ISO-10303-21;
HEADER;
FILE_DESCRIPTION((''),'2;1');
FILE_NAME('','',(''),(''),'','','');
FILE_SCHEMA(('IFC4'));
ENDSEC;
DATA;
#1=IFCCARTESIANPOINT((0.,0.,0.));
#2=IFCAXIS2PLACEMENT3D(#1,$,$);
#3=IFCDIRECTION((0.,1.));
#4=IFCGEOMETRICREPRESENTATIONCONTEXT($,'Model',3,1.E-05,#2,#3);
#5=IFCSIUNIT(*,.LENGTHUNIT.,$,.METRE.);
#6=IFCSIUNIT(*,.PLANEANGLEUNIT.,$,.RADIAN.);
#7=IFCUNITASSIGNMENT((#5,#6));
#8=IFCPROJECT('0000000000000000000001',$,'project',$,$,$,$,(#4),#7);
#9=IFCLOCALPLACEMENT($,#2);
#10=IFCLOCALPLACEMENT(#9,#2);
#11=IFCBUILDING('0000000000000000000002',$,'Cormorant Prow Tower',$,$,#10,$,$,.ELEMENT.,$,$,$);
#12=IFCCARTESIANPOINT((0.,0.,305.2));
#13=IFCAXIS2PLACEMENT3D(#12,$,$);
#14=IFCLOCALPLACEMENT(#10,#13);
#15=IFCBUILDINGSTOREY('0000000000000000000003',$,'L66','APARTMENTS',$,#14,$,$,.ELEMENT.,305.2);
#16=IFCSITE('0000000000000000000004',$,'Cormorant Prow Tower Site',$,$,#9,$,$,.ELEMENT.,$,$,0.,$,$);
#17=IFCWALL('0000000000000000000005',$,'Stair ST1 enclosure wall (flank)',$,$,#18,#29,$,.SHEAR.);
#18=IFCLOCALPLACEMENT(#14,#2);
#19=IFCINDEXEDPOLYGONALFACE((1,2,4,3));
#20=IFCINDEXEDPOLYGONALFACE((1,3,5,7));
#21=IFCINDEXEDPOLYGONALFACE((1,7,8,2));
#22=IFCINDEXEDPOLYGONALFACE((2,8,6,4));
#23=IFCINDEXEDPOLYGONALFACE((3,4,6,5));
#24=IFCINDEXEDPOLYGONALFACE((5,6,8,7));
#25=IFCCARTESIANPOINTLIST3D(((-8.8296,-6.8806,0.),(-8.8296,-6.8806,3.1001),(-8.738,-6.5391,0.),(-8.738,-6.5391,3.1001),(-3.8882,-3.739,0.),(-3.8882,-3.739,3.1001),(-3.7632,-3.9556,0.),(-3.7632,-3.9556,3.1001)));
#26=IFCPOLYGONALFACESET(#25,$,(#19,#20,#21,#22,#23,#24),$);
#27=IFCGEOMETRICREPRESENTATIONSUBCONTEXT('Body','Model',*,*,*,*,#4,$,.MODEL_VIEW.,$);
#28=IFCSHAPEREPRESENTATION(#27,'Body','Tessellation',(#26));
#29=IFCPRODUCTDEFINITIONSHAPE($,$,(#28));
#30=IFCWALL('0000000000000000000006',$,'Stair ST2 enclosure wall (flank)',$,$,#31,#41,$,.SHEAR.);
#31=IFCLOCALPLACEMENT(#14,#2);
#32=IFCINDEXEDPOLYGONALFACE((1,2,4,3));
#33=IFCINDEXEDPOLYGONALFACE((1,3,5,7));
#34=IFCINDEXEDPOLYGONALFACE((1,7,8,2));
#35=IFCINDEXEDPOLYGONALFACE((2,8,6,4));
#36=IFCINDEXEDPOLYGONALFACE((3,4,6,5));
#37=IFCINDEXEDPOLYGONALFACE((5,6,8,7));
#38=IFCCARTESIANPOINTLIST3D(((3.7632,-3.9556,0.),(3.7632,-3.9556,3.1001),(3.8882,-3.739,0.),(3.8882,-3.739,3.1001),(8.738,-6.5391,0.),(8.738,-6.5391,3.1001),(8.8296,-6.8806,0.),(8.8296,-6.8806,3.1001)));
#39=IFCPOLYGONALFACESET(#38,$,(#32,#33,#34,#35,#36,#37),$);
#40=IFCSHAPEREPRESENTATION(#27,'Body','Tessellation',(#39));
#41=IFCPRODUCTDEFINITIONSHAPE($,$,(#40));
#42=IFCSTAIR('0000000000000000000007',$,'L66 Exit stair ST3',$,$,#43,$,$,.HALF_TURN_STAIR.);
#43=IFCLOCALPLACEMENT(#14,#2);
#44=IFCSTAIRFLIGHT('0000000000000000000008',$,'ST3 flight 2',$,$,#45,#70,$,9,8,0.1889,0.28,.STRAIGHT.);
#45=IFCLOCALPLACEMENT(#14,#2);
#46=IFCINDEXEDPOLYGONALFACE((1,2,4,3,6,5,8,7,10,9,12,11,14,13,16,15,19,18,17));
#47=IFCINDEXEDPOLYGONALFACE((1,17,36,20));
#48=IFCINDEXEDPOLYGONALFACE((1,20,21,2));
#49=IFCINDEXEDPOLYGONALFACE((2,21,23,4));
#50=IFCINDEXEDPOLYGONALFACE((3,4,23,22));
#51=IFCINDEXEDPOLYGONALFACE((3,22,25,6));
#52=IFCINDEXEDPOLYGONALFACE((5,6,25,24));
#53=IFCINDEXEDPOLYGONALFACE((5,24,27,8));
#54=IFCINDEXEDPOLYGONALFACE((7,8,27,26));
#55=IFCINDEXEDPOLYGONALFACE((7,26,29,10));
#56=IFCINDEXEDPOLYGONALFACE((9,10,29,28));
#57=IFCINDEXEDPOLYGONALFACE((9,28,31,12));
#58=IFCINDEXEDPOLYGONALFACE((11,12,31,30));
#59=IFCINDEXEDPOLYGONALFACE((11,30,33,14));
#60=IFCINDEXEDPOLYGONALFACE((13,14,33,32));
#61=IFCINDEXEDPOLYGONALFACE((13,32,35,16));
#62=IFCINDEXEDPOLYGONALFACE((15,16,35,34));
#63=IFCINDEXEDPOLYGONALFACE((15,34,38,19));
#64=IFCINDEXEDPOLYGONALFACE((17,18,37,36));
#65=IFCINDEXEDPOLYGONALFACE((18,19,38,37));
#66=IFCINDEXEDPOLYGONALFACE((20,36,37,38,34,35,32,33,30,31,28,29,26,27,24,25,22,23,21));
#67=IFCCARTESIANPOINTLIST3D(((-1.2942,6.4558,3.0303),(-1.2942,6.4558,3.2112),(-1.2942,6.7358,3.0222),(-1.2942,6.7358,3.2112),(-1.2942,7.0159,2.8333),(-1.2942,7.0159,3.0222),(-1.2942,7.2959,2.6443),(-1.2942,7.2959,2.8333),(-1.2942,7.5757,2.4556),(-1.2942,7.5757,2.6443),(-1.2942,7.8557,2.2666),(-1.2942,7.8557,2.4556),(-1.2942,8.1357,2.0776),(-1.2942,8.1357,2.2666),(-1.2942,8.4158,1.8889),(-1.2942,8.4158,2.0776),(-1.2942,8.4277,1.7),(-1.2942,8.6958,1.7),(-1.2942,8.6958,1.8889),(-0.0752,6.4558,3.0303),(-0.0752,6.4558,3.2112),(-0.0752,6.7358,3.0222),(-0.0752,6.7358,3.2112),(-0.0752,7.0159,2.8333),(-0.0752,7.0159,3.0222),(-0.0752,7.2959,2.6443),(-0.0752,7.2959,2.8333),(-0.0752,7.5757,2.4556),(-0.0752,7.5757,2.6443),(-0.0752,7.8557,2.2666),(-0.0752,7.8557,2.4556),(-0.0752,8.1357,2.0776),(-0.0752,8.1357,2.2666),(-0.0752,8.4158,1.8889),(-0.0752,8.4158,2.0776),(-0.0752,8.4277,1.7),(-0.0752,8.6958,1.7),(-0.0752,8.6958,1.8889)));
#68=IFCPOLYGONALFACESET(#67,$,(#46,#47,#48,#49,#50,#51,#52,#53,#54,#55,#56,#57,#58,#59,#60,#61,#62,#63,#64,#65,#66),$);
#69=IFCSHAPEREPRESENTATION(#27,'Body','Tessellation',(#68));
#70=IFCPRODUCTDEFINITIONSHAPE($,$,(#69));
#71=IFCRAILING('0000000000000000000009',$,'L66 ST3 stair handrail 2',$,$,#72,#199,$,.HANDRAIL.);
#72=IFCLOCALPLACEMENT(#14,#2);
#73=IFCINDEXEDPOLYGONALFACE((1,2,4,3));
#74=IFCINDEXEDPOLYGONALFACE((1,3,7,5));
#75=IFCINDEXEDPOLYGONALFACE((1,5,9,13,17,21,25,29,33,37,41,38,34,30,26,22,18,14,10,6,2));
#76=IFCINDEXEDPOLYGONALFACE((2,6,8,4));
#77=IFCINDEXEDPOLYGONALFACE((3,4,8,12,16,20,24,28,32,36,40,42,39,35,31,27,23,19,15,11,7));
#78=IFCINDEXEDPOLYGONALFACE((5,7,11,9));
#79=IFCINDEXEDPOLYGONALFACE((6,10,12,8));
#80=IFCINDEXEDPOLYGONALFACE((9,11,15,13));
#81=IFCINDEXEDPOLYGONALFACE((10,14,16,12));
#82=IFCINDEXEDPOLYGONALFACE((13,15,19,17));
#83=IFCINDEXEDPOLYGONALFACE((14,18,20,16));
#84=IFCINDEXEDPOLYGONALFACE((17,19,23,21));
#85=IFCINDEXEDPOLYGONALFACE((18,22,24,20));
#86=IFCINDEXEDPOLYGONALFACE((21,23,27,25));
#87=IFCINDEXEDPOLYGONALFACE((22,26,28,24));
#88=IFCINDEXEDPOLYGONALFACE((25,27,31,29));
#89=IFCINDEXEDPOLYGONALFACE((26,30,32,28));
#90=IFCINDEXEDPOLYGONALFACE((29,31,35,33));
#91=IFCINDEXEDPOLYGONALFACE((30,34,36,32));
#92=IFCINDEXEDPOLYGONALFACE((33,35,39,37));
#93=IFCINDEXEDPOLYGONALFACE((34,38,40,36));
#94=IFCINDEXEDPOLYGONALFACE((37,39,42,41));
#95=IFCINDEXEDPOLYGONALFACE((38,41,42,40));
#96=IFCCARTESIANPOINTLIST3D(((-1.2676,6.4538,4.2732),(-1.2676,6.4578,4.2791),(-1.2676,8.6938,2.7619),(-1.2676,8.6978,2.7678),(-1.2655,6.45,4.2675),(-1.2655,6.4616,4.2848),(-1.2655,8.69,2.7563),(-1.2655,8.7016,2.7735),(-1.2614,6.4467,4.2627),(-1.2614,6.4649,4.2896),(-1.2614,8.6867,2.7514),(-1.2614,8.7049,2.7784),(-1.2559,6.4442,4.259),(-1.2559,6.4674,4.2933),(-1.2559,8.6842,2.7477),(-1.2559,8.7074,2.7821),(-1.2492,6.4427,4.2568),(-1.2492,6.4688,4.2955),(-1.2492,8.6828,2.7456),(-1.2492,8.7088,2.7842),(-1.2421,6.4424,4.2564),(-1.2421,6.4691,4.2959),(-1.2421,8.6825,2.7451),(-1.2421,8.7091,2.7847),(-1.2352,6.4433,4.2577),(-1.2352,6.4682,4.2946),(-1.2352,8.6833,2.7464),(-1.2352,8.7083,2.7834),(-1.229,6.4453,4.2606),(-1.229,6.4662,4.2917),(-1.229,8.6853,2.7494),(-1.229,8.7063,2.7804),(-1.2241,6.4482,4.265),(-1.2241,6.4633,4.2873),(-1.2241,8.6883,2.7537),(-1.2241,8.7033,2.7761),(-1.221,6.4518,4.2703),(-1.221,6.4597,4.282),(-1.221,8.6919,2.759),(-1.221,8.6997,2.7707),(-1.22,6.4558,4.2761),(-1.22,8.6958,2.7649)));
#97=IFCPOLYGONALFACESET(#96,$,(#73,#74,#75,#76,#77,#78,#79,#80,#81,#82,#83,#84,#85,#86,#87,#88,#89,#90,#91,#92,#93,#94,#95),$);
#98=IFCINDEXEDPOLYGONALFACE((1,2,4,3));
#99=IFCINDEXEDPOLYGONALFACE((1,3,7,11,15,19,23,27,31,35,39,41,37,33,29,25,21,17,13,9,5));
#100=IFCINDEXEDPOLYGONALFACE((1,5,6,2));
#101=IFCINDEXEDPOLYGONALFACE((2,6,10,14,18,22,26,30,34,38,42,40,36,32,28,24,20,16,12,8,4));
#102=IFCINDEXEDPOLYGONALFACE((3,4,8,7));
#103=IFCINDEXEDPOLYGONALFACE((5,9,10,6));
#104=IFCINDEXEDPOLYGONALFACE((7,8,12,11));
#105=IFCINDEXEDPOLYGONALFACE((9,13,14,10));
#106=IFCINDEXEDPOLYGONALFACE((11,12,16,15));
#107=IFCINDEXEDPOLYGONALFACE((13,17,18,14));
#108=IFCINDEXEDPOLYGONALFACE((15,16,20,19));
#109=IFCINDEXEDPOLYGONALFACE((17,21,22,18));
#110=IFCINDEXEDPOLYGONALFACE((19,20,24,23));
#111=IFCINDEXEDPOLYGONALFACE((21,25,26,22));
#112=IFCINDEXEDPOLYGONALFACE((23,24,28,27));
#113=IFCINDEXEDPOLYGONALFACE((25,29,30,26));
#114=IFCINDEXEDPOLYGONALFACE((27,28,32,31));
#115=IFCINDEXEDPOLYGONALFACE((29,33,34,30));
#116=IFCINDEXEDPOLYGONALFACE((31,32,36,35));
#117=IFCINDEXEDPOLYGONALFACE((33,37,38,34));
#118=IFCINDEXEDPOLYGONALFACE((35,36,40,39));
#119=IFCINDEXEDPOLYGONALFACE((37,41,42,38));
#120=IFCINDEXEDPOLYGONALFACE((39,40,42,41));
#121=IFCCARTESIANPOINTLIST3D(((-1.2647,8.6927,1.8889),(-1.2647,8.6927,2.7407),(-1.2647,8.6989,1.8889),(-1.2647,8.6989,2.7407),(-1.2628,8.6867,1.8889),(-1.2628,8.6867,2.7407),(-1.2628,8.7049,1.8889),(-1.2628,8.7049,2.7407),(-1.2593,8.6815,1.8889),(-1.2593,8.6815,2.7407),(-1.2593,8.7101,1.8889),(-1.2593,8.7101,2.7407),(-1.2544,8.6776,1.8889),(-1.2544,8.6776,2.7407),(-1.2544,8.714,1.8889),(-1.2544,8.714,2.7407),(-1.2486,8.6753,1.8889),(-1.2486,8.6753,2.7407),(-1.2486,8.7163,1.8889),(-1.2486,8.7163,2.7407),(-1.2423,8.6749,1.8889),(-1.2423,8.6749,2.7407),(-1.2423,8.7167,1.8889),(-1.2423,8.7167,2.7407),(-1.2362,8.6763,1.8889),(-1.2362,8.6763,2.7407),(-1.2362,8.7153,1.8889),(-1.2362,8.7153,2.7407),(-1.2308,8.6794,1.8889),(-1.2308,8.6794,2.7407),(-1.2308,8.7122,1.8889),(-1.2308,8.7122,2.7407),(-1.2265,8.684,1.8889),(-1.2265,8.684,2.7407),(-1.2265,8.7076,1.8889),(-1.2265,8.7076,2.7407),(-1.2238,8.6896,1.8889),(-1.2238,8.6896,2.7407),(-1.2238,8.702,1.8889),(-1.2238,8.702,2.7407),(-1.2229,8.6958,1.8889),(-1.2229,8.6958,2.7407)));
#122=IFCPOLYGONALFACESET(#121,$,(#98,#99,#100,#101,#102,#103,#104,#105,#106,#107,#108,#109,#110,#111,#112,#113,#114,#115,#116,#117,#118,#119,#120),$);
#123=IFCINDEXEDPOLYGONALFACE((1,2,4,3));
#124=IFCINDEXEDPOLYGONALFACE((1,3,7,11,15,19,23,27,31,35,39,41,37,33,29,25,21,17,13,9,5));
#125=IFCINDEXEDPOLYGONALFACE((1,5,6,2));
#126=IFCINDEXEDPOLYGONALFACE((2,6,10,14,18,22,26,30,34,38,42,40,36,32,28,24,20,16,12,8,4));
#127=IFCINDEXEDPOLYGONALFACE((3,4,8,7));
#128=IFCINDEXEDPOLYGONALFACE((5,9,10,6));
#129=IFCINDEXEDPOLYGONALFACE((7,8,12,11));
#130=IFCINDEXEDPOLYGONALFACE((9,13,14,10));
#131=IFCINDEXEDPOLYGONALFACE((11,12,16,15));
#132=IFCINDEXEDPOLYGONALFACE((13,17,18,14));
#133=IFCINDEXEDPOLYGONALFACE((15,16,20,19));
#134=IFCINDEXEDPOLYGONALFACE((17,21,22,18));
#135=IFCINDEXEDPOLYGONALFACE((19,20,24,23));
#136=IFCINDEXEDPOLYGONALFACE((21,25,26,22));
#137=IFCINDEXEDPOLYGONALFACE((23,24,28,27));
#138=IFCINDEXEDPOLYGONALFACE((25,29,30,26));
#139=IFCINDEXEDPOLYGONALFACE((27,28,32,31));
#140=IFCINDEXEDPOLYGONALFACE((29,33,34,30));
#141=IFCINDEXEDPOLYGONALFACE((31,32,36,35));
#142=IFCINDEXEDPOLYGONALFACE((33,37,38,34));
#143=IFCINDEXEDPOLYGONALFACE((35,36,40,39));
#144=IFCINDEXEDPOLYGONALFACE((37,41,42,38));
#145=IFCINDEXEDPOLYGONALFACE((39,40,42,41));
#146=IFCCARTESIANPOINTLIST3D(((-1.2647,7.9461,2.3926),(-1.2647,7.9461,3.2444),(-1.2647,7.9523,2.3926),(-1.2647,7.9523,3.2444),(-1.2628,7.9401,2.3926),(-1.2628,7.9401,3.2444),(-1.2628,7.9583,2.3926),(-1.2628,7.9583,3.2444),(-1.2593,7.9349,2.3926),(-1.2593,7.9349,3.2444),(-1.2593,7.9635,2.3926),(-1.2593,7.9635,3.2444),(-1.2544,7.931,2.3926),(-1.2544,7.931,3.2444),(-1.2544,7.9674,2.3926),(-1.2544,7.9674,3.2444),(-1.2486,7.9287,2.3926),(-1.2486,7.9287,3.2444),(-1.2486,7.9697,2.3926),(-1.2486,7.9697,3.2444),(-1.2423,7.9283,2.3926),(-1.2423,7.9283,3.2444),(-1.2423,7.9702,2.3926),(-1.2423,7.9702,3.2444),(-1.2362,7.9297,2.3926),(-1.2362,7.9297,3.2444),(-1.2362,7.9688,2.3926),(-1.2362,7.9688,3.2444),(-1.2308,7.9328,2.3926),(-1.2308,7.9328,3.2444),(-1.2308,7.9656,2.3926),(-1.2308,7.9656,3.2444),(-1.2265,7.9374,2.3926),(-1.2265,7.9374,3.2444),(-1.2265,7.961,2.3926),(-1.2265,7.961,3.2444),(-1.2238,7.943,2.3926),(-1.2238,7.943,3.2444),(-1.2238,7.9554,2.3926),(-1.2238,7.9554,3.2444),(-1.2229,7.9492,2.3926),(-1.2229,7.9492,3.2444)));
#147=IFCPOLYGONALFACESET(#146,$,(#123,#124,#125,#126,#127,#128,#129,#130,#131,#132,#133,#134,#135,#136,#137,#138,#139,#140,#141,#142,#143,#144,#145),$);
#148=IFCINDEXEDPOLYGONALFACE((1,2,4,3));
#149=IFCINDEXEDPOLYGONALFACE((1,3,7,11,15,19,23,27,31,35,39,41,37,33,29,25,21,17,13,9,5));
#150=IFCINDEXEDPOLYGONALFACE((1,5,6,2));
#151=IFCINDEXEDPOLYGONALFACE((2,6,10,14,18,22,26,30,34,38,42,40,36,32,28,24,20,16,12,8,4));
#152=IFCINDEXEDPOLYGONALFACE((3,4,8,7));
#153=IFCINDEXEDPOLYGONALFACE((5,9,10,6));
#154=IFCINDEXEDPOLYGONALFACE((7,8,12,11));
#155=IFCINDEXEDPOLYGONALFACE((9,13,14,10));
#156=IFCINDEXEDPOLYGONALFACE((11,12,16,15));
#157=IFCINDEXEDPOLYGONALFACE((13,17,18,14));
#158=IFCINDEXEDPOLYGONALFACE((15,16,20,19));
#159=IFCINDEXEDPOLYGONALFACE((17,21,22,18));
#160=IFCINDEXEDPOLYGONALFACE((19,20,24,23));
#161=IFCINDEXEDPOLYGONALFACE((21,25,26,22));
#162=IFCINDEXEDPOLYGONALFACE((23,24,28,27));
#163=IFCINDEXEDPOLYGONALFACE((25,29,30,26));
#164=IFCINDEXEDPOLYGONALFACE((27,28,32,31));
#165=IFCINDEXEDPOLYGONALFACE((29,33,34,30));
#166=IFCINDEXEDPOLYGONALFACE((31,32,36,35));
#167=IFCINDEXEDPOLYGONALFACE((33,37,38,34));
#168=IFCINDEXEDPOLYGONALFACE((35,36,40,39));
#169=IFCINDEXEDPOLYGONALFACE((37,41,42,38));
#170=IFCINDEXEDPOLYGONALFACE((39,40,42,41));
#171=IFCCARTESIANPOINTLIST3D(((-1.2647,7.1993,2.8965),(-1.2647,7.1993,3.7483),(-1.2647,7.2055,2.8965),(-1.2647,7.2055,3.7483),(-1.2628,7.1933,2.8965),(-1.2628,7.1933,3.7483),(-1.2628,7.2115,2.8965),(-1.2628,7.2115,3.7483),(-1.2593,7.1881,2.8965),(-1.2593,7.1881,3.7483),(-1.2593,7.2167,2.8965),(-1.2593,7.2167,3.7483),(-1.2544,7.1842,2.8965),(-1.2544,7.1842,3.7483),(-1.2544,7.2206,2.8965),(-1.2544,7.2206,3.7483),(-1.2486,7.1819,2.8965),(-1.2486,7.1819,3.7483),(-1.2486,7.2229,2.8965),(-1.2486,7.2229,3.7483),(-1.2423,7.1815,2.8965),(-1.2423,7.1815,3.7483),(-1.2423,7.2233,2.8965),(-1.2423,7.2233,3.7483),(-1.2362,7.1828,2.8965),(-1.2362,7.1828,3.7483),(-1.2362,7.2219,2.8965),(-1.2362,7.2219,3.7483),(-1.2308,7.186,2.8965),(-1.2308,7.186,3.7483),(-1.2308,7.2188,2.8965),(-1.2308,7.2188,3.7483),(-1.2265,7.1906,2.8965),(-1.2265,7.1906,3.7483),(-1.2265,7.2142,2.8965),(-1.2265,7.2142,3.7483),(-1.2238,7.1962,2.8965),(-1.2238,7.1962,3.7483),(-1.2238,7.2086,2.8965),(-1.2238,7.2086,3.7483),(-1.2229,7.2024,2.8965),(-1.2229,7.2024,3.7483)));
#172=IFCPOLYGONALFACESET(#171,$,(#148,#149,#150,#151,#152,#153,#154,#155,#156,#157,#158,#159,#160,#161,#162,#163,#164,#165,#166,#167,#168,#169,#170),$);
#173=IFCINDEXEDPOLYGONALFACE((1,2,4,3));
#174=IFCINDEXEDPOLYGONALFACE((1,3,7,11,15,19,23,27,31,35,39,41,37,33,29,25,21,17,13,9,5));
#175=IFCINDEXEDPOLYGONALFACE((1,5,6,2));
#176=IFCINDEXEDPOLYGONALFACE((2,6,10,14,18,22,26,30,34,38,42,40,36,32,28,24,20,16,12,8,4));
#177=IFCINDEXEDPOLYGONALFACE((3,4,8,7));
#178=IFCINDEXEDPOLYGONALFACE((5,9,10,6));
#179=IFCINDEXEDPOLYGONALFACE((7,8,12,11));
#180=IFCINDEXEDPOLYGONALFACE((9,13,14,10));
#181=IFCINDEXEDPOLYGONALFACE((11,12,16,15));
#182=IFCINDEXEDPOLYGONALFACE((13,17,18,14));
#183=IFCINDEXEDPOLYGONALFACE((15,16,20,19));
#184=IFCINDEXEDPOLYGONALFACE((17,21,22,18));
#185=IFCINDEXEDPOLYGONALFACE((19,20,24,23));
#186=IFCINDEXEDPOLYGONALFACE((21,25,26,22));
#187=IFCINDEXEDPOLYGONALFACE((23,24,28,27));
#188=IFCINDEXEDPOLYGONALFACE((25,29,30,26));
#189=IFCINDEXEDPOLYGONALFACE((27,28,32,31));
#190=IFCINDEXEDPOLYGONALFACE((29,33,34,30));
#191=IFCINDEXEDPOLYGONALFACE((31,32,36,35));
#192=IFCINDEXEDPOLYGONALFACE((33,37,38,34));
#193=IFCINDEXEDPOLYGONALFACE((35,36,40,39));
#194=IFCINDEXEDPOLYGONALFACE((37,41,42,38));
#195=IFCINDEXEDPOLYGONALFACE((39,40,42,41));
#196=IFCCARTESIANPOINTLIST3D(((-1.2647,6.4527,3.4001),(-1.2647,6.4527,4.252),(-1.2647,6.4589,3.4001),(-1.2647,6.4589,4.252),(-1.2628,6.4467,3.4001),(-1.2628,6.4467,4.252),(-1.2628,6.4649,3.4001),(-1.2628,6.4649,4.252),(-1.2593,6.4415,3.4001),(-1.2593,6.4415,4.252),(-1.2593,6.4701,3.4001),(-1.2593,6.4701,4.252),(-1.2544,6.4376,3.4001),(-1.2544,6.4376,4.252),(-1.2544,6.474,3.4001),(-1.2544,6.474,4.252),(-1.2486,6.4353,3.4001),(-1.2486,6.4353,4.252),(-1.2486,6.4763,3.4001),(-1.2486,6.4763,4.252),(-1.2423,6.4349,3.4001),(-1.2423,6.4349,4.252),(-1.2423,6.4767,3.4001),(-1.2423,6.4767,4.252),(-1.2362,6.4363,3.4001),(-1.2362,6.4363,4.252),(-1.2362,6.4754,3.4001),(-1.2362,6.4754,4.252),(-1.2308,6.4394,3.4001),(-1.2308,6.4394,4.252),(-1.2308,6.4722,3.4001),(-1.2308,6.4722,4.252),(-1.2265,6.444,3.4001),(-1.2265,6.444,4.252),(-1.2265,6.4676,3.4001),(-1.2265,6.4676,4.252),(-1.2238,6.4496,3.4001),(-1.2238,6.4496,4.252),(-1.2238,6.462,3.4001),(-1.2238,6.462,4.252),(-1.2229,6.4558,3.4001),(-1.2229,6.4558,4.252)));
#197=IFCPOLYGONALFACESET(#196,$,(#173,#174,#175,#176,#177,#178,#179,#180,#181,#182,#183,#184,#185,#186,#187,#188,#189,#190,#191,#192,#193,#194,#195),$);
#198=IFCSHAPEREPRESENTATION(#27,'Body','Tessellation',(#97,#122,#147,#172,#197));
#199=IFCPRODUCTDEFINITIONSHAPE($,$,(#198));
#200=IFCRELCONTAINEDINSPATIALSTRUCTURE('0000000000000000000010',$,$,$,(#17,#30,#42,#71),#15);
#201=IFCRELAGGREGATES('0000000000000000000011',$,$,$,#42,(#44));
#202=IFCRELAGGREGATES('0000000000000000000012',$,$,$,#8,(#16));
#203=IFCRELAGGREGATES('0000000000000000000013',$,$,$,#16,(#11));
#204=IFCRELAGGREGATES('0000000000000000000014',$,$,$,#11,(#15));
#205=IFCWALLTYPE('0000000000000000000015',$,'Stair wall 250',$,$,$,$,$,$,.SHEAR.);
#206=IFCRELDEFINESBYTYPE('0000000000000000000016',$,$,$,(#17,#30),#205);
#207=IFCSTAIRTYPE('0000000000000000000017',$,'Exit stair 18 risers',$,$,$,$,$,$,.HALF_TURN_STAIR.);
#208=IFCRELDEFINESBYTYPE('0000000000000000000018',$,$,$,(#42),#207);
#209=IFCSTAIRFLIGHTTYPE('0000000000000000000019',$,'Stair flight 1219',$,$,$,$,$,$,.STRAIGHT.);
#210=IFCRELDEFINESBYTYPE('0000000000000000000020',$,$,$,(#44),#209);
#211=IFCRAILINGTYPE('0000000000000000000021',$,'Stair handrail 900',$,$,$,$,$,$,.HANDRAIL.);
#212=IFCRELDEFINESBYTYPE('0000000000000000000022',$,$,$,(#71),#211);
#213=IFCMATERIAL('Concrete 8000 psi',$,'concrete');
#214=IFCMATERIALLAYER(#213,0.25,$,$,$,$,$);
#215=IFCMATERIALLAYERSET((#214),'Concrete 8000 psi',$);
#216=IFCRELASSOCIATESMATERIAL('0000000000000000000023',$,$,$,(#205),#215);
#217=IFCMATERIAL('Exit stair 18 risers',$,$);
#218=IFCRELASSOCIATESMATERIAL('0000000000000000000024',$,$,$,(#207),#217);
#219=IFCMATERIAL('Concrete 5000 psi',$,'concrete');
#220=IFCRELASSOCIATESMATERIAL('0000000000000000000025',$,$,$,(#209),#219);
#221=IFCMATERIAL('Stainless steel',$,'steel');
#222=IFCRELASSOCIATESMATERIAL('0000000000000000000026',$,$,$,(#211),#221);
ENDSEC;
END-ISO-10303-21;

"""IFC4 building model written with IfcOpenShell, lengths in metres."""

from ifc_helpers import new_model, si_unit, direction, frame, origin, origin_2d, place, context, subcontext, project, spatial, polyline, circle, outline, extrude, material, layer, layer_set, type_object, element, aggregate, save


model = new_model("IFC4")

# Units and contexts
model_context = context("Model", 3, precision=1e-05, world=origin(), true_north=direction((0.0, 1.0)))
body_context = subcontext(model_context, "Body", "Model", "MODEL_VIEW")
ifc_project = project(units=[si_unit("LENGTHUNIT", "METRE"), si_unit("PLANEANGLEUNIT", "RADIAN")], contexts=[model_context])

# Site, building, storey
site_placement = place(None, origin())
site = spatial("IfcSite", under=ifc_project, at=site_placement, Name="Cormorant Prow Tower Site", CompositionType="ELEMENT", RefElevation=0.0)
building_placement = place(site_placement, origin())
building = spatial("IfcBuilding", under=site, at=building_placement, Name="Cormorant Prow Tower", CompositionType="ELEMENT")
storey_placement = place(building_placement, frame((0.0, 0.0, 305.2)))
storey = spatial("IfcBuildingStorey", under=building, at=storey_placement, Name="L66", Description="APARTMENTS", CompositionType="ELEMENT", Elevation=305.2)

# Walls
ifc_material_1 = material(Name="Concrete 8000 psi", Category="concrete")
ifc_layer_1 = layer(ifc_material_1, 0.25)
ifc_layer_set_1 = layer_set([ifc_layer_1], Name="Concrete 8000 psi")
wall_type_1 = type_object("IfcWallType", Name="Stair wall 250", PredefinedType="SHEAR", material=ifc_layer_set_1)
wall_1_placement = place(storey_placement, origin())
element("IfcWall", 1, at=wall_1_placement, inside=storey, type_object=wall_type_1, Name="Stair ST1 enclosure wall (flank)", PredefinedType="SHEAR", context=body_context, shape_type="SweptSolid", body=[
    extrude(outline(polyline([(-8.738, -6.5391), (-8.8296, -6.8806), (-3.7632, -3.9556), (-3.8882, -3.739), (-8.738, -6.5391)])), origin(), (0.0, 0.0, 1.0), 3.1001),
])
wall_2_placement = place(storey_placement, origin())
element("IfcWall", 2, at=wall_2_placement, inside=storey, type_object=wall_type_1, Name="Stair ST2 enclosure wall (flank)", PredefinedType="SHEAR", context=body_context, shape_type="SweptSolid", body=[
    extrude(outline(polyline([(3.7632, -3.9556), (8.8296, -6.8806), (8.738, -6.5391), (3.8882, -3.739), (3.7632, -3.9556)])), origin(), (0.0, 0.0, 1.0), 3.1001),
])

# Stair, stair flight
ifc_material_2 = material(Name="Exit stair 18 risers")
stair_type = type_object("IfcStairType", Name="Exit stair 18 risers", PredefinedType="HALF_TURN_STAIR", material=ifc_material_2)
stair_placement = place(storey_placement, origin())
stair = element("IfcStair", 3, at=stair_placement, inside=storey, type_object=stair_type, Name="L66 Exit stair ST3", PredefinedType="HALF_TURN_STAIR")
ifc_material_3 = material(Name="Concrete 5000 psi", Category="concrete")
stair_flight_type = type_object("IfcStairFlightType", Name="Stair flight 1219", PredefinedType="STRAIGHT", material=ifc_material_3)
stair_flight_placement = place(storey_placement, frame((-0.6846, 8.6958, 1.7), z_axis=(0.0, 0.0, 1.0), x_axis=(0.0, -1.0, 0.0)))
stair_flight = element("IfcStairFlight", 4, at=stair_flight_placement, type_object=stair_flight_type, Name="ST3 flight 2", NumberOfRisers=9, NumberOfTreads=8, PredefinedType="STRAIGHT", RiserHeight=0.1889, TreadLength=0.28, context=body_context, shape_type="SweptSolid", body=[
    extrude(outline(polyline([(0.0, 0.0), (0.0, 0.189), (0.28, 0.189), (0.28, 0.3777), (0.5601, 0.3777), (0.5601, 0.5667), (0.8401, 0.5667), (0.8401, 0.7556), (1.1201, 0.7556), (1.1201, 0.9443), (1.3999, 0.9443), (1.3999, 1.1333), (1.6799, 1.1333), (1.6799, 1.3223), (1.96, 1.3223), (1.96, 1.5112), (2.24, 1.5112), (2.24, 1.7), (2.24, 1.3303), (0.2681, 0.0), (0.0, 0.0)])), frame((0.0, 0.6094, 0.0), z_axis=(0.0, -1.0, 0.0), x_axis=(1.0, 0.0, 0.0)), (0.0, 0.0, 1.0), 1.219),
])
aggregate(stair, [stair_flight])

# Railing
ifc_material_4 = material(Name="Stainless steel", Category="steel")
railing_type = type_object("IfcRailingType", Name="Stair handrail 900", PredefinedType="HANDRAIL", material=ifc_material_4)
railing_placement = place(storey_placement, frame((-1.2439, 8.6958, 1.8889)))
element("IfcRailing", 5, at=railing_placement, inside=storey, type_object=railing_type, Name="L66 ST3 stair handrail 2", PredefinedType="HANDRAIL", context=body_context, shape_type="SweptSolid", body=[
    extrude(circle(Radius=0.0239, at=origin_2d()), frame((0.0, 0.0, 0.876), z_axis=(0.0, -0.82898, 0.559279), x_axis=(1.0, 0.0, 0.0)), (0.0, 0.0, 1.0), 2.7021),
    extrude(circle(Radius=0.021, at=origin_2d()), origin(), (0.0, 0.0, 1.0), 0.8518),
    extrude(circle(Radius=0.021, at=origin_2d()), frame((0.0, -0.7466, 0.5037)), (0.0, 0.0, 1.0), 0.8518),
    extrude(circle(Radius=0.021, at=origin_2d()), frame((0.0, -1.4934, 1.0076)), (0.0, 0.0, 1.0), 0.8518),
    extrude(circle(Radius=0.021, at=origin_2d()), frame((0.0, -2.24, 1.5112)), (0.0, 0.0, 1.0), 0.8518),
])

save(model, "model.ifc")
